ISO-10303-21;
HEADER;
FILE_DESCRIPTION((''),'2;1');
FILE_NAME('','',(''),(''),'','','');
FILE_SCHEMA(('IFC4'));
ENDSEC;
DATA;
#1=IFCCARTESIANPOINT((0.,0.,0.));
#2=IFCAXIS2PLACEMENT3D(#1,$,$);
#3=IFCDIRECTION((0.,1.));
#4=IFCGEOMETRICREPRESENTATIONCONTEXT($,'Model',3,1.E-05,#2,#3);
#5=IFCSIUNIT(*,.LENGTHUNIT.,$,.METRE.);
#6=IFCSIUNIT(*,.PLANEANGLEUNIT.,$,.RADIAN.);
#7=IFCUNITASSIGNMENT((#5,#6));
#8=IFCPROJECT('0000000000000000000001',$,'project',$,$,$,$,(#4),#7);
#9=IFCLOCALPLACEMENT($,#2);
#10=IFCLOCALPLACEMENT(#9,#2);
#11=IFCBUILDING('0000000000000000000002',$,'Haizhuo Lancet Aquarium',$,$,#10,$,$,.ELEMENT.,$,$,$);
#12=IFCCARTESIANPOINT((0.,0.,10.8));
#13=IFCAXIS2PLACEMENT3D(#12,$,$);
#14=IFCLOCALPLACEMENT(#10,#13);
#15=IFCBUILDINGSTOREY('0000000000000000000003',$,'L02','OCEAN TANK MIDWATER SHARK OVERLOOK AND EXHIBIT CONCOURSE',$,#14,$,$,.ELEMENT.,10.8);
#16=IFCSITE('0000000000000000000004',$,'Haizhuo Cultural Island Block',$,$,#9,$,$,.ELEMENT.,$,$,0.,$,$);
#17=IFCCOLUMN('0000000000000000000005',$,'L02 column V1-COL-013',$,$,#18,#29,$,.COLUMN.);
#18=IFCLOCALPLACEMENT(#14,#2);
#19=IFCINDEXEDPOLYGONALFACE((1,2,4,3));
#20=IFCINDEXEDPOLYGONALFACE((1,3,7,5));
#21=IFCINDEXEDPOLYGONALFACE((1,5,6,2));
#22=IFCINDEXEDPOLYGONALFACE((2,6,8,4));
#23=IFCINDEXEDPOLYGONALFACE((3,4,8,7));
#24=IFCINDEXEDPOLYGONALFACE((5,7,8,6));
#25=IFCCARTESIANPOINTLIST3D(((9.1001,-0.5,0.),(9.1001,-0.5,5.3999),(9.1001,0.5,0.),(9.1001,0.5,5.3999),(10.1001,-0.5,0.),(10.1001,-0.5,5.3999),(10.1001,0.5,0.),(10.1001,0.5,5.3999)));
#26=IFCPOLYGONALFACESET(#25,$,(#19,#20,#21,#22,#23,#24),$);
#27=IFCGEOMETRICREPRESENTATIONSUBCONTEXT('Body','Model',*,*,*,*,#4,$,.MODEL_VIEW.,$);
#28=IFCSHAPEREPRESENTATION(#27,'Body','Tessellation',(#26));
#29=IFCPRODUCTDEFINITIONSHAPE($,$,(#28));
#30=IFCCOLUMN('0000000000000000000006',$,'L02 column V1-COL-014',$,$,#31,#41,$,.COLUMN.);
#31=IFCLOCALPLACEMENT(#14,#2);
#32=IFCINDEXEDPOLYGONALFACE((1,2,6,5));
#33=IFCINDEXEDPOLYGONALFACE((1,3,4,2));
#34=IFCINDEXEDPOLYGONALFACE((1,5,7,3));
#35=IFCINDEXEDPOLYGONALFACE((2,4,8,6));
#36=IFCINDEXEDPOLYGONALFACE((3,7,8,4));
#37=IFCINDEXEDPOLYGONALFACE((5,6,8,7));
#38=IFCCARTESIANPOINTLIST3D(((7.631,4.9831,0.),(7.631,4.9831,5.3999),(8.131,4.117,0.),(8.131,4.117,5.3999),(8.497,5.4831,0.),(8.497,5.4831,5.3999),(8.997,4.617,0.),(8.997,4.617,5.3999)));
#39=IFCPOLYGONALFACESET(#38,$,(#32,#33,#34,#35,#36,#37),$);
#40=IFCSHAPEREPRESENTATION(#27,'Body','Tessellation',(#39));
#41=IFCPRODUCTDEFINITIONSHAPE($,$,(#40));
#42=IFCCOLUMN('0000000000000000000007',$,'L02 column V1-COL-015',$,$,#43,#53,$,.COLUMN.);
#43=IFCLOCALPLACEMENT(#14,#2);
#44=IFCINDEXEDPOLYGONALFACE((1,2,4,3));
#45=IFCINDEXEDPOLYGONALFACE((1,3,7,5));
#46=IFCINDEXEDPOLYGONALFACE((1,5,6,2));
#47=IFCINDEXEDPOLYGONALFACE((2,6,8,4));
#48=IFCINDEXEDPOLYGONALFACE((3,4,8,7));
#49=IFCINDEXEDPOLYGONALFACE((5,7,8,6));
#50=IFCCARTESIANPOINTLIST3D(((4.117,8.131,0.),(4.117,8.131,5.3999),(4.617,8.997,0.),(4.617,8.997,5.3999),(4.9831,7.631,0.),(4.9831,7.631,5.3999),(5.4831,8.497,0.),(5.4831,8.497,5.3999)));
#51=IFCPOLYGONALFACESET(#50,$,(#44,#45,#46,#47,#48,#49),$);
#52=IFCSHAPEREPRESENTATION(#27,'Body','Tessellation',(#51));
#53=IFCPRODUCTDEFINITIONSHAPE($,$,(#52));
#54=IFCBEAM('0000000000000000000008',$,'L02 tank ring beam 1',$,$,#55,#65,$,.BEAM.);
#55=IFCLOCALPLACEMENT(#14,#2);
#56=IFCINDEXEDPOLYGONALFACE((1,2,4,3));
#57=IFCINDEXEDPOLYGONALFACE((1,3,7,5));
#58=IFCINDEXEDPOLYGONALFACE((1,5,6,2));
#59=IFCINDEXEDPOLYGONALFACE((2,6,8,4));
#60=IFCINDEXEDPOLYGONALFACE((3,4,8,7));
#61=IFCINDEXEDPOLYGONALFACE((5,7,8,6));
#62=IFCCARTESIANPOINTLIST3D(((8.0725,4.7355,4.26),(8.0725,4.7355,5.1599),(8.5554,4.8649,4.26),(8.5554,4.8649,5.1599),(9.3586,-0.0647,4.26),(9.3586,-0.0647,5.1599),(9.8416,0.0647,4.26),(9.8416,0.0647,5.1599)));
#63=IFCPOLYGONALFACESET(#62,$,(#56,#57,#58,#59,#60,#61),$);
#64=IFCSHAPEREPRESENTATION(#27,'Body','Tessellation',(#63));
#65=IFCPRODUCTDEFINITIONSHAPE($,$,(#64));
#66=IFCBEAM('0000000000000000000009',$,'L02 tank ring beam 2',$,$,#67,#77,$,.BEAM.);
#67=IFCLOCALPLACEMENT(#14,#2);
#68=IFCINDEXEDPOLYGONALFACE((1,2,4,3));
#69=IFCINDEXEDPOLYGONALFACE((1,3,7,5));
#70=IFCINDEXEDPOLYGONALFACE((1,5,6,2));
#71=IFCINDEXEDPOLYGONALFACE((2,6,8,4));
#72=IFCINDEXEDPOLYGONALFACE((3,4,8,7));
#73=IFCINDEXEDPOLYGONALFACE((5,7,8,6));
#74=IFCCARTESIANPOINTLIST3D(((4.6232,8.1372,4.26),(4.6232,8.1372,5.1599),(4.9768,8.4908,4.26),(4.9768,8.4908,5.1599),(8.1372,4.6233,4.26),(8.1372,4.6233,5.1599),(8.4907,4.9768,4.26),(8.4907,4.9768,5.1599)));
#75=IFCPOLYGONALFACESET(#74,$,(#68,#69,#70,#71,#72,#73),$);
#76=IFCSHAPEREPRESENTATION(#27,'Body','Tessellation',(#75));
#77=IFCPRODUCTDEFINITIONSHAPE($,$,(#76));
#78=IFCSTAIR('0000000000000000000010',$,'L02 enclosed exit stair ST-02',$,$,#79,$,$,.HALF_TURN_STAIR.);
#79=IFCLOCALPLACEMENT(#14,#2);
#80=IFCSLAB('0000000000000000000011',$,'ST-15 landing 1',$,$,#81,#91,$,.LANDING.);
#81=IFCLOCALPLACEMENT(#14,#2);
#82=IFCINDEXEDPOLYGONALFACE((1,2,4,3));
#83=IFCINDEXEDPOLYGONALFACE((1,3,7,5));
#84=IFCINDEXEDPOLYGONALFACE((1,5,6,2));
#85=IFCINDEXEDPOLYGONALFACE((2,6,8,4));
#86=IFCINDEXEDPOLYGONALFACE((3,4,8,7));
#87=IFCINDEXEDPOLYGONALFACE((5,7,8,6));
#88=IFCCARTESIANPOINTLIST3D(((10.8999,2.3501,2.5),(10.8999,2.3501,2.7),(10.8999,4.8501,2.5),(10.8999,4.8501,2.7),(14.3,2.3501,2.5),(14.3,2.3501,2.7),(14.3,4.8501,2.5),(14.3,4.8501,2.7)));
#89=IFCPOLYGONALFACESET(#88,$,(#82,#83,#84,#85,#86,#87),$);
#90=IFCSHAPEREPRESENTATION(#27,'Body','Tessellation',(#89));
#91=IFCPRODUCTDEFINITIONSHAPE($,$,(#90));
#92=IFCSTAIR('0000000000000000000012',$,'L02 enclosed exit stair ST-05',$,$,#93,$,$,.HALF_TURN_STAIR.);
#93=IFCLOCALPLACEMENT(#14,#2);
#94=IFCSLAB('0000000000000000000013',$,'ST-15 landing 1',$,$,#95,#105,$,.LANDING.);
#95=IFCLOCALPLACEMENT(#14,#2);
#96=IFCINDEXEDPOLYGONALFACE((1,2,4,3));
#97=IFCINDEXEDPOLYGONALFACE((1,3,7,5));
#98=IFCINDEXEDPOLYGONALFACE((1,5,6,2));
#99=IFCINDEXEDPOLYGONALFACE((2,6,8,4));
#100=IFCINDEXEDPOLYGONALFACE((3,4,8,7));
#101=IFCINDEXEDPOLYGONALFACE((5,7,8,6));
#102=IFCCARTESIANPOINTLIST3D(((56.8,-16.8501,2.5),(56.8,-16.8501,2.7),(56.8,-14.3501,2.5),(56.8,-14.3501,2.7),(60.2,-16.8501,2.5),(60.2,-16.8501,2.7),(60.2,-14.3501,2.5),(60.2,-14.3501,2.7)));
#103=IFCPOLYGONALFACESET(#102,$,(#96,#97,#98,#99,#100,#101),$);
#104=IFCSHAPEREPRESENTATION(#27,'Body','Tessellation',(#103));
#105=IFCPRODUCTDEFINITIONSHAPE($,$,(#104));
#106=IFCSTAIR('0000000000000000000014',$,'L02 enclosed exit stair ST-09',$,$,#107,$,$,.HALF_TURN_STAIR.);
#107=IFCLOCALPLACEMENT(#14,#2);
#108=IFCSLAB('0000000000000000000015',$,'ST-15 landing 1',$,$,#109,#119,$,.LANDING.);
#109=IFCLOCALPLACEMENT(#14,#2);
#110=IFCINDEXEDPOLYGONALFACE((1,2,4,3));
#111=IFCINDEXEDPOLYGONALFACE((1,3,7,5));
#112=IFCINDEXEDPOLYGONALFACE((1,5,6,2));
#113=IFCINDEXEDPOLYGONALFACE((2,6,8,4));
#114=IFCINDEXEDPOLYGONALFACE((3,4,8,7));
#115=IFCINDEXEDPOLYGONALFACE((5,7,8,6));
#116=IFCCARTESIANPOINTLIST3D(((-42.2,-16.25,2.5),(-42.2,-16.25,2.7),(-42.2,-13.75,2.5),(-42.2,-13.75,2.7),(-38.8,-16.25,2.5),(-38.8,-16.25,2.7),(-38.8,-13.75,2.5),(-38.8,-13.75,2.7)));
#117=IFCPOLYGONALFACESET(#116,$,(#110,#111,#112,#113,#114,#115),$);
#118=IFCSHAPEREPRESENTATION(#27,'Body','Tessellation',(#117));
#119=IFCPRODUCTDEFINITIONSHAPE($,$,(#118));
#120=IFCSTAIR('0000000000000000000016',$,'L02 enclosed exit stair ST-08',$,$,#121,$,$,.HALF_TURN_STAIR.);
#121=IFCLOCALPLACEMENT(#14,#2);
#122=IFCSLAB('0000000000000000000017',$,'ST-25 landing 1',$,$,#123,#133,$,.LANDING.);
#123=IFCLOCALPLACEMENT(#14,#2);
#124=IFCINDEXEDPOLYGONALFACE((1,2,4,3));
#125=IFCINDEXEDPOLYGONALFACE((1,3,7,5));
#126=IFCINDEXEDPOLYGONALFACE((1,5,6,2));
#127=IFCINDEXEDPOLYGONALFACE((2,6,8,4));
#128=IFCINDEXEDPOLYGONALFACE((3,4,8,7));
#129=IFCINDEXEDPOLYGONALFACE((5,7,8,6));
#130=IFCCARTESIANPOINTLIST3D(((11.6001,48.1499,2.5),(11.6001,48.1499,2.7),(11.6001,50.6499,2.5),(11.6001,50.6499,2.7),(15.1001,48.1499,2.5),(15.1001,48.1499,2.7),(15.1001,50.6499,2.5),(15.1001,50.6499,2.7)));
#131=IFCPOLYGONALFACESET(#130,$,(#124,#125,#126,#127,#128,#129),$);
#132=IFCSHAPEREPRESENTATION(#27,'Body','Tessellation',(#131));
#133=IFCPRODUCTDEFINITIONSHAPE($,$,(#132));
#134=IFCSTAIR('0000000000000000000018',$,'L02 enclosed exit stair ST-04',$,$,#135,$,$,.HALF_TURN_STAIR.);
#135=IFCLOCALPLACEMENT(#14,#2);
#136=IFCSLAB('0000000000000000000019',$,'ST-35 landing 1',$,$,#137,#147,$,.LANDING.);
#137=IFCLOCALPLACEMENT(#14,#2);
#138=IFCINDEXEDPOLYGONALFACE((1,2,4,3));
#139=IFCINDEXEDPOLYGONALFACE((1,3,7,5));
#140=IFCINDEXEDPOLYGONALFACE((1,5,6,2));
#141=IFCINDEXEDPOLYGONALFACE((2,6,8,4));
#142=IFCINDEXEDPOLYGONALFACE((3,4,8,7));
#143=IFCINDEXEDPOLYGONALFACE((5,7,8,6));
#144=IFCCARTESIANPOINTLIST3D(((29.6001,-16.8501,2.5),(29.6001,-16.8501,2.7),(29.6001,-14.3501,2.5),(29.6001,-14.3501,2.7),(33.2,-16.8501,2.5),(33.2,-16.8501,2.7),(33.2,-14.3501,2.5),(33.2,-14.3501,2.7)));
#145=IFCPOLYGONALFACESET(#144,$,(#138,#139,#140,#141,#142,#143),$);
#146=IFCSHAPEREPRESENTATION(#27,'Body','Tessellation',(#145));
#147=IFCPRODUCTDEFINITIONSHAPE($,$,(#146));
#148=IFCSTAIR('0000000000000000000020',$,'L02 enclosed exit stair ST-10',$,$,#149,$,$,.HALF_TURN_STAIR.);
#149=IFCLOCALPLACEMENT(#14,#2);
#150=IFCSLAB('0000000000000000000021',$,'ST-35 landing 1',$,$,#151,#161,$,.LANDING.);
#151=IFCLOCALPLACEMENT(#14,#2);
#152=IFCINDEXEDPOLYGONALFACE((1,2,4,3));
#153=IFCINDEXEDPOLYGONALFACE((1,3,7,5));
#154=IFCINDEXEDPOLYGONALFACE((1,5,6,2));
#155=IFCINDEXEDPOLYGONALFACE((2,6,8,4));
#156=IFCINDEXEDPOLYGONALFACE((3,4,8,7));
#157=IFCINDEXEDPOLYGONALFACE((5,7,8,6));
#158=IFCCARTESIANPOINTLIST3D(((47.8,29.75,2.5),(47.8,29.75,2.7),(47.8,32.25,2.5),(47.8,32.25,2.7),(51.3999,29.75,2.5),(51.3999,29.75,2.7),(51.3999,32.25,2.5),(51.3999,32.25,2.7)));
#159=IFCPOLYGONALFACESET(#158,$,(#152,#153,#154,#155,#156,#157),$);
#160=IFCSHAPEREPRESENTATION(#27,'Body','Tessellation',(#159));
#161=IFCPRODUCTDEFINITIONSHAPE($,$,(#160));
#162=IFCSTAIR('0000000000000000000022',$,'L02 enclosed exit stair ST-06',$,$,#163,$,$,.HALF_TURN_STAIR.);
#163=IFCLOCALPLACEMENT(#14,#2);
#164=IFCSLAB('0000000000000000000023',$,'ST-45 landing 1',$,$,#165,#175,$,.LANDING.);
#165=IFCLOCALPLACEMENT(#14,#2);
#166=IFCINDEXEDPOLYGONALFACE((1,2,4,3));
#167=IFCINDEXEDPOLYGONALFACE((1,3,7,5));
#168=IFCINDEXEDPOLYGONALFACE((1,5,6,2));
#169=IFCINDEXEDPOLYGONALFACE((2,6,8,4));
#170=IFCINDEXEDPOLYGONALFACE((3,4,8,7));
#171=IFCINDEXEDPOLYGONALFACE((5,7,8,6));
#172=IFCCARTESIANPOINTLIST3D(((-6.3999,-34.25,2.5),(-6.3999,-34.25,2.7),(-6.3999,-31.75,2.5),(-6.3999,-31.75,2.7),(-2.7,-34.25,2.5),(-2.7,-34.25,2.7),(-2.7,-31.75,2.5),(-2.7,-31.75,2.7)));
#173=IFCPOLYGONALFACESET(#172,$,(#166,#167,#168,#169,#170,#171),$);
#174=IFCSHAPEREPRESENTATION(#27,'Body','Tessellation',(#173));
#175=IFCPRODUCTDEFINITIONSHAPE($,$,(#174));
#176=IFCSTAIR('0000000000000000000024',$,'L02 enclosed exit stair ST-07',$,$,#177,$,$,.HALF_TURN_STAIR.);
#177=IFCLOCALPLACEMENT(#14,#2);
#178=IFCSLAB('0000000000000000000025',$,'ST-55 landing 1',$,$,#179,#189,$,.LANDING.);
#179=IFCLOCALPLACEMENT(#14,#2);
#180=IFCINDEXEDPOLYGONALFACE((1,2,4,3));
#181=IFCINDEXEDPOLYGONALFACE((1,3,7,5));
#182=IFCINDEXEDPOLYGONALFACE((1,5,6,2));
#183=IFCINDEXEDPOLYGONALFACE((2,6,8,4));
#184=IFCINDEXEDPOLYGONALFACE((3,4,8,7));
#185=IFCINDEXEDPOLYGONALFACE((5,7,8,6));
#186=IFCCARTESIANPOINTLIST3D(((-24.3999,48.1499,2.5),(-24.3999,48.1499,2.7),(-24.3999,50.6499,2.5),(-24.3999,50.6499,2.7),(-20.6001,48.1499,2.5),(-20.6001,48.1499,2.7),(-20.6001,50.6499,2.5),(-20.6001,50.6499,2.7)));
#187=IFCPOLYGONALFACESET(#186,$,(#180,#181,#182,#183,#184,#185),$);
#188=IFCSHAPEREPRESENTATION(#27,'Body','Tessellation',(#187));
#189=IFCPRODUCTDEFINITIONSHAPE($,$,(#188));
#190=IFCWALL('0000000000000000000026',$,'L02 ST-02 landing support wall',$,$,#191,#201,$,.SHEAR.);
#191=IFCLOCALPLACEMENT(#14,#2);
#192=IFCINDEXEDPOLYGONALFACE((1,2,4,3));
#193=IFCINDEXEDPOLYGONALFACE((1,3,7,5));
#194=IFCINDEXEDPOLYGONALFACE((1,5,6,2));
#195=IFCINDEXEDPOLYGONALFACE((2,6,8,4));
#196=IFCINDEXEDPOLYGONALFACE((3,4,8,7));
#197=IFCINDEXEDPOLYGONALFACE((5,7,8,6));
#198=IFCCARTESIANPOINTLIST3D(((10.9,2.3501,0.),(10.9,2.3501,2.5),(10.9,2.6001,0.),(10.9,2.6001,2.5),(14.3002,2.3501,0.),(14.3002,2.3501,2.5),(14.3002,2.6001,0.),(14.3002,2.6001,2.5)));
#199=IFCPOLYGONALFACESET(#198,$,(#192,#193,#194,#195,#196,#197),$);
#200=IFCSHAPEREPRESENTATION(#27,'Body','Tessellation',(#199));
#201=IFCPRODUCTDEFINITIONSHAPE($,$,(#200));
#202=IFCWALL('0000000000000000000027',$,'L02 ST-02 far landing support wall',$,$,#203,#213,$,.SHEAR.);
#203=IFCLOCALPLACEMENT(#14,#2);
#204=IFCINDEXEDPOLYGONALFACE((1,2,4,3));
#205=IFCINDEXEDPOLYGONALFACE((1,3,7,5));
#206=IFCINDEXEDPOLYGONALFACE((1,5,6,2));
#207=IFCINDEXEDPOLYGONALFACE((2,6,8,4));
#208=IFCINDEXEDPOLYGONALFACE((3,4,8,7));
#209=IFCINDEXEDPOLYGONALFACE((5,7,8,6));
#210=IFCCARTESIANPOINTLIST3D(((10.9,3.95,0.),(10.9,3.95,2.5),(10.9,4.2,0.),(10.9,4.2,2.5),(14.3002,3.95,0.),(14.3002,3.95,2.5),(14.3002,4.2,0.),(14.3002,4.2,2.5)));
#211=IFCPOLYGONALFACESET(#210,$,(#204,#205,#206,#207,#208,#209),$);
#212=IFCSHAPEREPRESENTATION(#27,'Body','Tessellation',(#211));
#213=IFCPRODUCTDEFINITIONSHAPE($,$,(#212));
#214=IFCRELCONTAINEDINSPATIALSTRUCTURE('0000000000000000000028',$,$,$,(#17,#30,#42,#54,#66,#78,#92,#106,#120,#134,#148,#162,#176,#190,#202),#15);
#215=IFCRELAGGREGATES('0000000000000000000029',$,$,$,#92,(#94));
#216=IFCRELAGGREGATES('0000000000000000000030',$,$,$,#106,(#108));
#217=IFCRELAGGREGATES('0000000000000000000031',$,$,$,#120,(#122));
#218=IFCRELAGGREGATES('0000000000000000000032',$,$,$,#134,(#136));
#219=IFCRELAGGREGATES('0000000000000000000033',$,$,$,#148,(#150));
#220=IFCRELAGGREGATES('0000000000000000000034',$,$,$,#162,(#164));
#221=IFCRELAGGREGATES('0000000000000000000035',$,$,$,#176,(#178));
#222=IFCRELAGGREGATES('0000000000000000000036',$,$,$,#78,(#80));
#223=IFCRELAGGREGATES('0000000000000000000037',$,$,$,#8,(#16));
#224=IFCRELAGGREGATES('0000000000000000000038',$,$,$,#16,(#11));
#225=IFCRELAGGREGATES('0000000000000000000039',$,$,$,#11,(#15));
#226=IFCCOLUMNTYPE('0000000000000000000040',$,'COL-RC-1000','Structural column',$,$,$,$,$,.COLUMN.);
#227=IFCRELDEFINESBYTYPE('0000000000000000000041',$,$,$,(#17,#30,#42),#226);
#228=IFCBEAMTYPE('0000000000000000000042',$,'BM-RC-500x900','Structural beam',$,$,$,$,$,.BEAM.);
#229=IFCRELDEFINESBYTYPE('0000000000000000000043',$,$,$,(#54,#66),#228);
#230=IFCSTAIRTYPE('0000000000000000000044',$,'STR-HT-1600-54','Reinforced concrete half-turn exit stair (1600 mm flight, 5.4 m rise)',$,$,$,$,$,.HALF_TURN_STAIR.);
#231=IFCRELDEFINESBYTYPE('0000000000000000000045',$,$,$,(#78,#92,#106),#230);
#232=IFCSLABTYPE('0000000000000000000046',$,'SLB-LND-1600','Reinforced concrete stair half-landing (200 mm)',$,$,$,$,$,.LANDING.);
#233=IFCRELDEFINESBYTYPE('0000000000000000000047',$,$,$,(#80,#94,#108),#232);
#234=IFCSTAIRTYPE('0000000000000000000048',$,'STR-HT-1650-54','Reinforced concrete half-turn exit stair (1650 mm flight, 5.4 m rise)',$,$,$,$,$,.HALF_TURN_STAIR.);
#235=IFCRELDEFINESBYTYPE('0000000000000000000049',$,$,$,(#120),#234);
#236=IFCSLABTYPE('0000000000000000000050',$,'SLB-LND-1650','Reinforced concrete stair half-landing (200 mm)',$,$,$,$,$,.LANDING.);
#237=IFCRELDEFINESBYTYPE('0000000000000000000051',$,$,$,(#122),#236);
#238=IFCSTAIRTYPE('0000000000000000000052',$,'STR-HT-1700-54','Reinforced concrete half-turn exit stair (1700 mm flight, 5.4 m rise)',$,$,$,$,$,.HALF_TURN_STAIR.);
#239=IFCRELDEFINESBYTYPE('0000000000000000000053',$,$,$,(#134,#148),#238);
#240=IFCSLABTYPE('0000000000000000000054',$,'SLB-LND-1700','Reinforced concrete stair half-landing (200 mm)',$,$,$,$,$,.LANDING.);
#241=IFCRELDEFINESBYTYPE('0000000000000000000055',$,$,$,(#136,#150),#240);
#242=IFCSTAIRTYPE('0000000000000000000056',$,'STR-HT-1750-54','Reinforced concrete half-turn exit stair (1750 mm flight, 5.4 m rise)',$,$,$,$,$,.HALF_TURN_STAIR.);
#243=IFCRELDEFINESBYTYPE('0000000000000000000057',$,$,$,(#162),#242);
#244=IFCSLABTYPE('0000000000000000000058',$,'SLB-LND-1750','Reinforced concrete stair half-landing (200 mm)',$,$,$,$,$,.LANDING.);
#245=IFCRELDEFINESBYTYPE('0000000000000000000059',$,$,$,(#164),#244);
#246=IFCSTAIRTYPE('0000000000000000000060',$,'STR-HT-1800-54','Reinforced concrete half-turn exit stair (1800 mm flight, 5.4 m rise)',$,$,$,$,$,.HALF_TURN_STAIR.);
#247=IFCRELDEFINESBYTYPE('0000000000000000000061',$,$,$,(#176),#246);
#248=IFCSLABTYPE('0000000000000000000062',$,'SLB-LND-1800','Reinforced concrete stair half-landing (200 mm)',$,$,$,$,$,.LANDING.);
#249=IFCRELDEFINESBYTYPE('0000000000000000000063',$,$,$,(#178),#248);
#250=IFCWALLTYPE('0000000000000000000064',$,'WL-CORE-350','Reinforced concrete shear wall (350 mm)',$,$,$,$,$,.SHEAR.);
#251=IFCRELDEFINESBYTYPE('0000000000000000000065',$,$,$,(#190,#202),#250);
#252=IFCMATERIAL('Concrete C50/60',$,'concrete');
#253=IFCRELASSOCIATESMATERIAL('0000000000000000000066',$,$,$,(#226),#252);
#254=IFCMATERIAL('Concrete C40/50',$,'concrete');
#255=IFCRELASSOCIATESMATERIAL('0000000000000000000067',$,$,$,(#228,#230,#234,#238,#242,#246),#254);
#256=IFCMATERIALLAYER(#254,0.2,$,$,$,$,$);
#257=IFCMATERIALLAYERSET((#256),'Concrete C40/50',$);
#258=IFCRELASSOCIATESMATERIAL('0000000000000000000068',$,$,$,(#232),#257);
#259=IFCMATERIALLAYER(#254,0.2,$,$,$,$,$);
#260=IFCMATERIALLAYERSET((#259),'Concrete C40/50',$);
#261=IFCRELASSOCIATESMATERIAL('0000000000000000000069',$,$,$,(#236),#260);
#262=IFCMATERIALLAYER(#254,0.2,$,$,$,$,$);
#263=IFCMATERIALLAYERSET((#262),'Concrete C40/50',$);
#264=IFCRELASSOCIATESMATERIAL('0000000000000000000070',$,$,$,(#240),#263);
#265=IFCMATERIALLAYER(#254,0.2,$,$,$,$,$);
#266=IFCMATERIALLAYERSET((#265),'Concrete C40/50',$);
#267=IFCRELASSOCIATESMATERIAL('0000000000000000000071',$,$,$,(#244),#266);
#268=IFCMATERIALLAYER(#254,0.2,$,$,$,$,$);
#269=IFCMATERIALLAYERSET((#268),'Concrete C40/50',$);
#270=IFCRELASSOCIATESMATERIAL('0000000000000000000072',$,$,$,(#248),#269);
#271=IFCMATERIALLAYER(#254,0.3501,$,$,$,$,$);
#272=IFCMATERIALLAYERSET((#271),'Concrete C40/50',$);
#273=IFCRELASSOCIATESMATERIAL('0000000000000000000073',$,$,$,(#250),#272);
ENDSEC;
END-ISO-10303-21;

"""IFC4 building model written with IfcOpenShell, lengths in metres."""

from ifc_helpers import new_model, si_unit, direction, frame, frame_2d, origin, origin_2d, place, context, subcontext, project, spatial, polyline, rectangle, outline, extrude, material, layer, layer_set, material_profile, profile_set, type_object, element, aggregate, save


model = new_model("IFC4")

# Units and contexts
model_context = context("Model", 3, precision=1e-05, world=origin(), true_north=direction((0.0, 1.0)))
body_context = subcontext(model_context, "Body", "Model", "MODEL_VIEW")
ifc_project = project(units=[si_unit("LENGTHUNIT", "METRE"), si_unit("PLANEANGLEUNIT", "RADIAN")], contexts=[model_context])

# Site, building, storey
site_placement = place(None, origin())
site = spatial("IfcSite", under=ifc_project, at=site_placement, Name="Haizhuo Cultural Island Block", CompositionType="ELEMENT", RefElevation=0.0)
building_placement = place(site_placement, origin())
building = spatial("IfcBuilding", under=site, at=building_placement, Name="Haizhuo Lancet Aquarium", CompositionType="ELEMENT")
storey_placement = place(building_placement, frame((0.0, 0.0, 10.8)))
storey = spatial("IfcBuildingStorey", under=building, at=storey_placement, Name="L02", Description="OCEAN TANK MIDWATER SHARK OVERLOOK AND EXHIBIT CONCOURSE", CompositionType="ELEMENT", Elevation=10.8)

# Columns
ifc_material_1 = material(Name="Concrete C50/60", Category="concrete")
ifc_material_profile_1 = material_profile(ifc_material_1, rectangle(XDim=1.0, YDim=1.0, at=origin_2d()), Name="RC-COL 1000x1000")
ifc_profile_set_1 = profile_set([ifc_material_profile_1], Name="Concrete C50/60")
column_type = type_object("IfcColumnType", Name="COL-RC-1000", Description="Structural column", PredefinedType="COLUMN", material=ifc_profile_set_1)
for number, where, z_axis, x_axis, name in (
    (1, (9.6001, 0.0, 0.0), (0.0, 0.0, 1.0), (1.0, 0.0, 0.0), "L02 column V1-COL-013"),
    (2, (8.314, 4.8, 0.0), (0.0, 0.0, 1.0), (0.866025, 0.5, 0.0), "L02 column V1-COL-014"),
    (3, (4.8, 8.314, 0.0), (0.0, 0.0, 1.0), (0.5, 0.866025, 0.0), "L02 column V1-COL-015"),
):
    element("IfcColumn", number, at=place(storey_placement, frame(where, z_axis=z_axis, x_axis=x_axis)), inside=storey, type_object=column_type, Name=name, PredefinedType="COLUMN", context=body_context, shape_type="SweptSolid", body=[
        extrude(rectangle(XDim=1.0, YDim=1.0, at=origin_2d()), origin(), (0.0, 0.0, 1.0), 5.3999),
    ])

# Beams
ifc_material_2 = material(Name="Concrete C40/50", Category="concrete")
ifc_material_profile_2 = material_profile(ifc_material_2, rectangle(XDim=0.5, YDim=0.8999, at=origin_2d()), Name="RC-BM 500x900")
ifc_profile_set_2 = profile_set([ifc_material_profile_2], Name="Concrete C40/50")
beam_type = type_object("IfcBeamType", Name="BM-RC-500x900", Description="Structural beam", PredefinedType="BEAM", material=ifc_profile_set_2)
for number, where, z_axis, x_axis, name in (
    (4, (9.6001, 0.0, 4.71), (-0.258812, 0.965928, 0.0), (-0.965928, -0.258812, 0.0), "L02 tank ring beam 1"),
    (5, (8.314, 4.8, 4.71), (-0.707107, 0.707107, 0.0), (-0.707107, -0.707107, 0.0), "L02 tank ring beam 2"),
):
    element("IfcBeam", number, at=place(storey_placement, frame(where, z_axis=z_axis, x_axis=x_axis)), inside=storey, type_object=beam_type, Name=name, PredefinedType="BEAM", context=body_context, shape_type="SweptSolid", body=[
        extrude(rectangle(XDim=0.5, YDim=0.8999, at=origin_2d()), origin(), (0.0, 0.0, 1.0), 4.9695),
    ])

# Stairs, slabs
stair_type_1 = type_object("IfcStairType", Name="STR-HT-1600-54", Description="Reinforced concrete half-turn exit stair (1600 mm flight, 5.4 m rise)", PredefinedType="HALF_TURN_STAIR", material=ifc_material_2)
stair_1_placement = place(storey_placement, origin())
stair_1 = element("IfcStair", 6, at=stair_1_placement, inside=storey, type_object=stair_type_1, Name="L02 enclosed exit stair ST-02", PredefinedType="HALF_TURN_STAIR")
ifc_layer_1 = layer(ifc_material_2, 0.2)
ifc_layer_set_1 = layer_set([ifc_layer_1], Name="Concrete C40/50")
slab_type_1 = type_object("IfcSlabType", Name="SLB-LND-1600", Description="Reinforced concrete stair half-landing (200 mm)", PredefinedType="LANDING", material=ifc_layer_set_1)
slab_1_placement = place(storey_placement, frame((0.0, 0.0, 2.5)))
slab_1 = element("IfcSlab", 7, at=slab_1_placement, type_object=slab_type_1, Name="ST-15 landing 1", PredefinedType="LANDING", context=body_context, shape_type="SweptSolid", body=[
    extrude(outline(polyline([(14.3, 2.3501), (14.3, 4.8501), (10.8999, 4.8501), (10.8999, 2.3501), (14.3, 2.3501)])), origin(), (0.0, 0.0, 1.0), 0.2),
])
stair_2_placement = place(storey_placement, origin())
stair_2 = element("IfcStair", 8, at=stair_2_placement, inside=storey, type_object=stair_type_1, Name="L02 enclosed exit stair ST-05", PredefinedType="HALF_TURN_STAIR")
slab_2_placement = place(storey_placement, frame((0.0, 0.0, 2.5)))
slab_2 = element("IfcSlab", 9, at=slab_2_placement, type_object=slab_type_1, Name="ST-15 landing 1", PredefinedType="LANDING", context=body_context, shape_type="SweptSolid", body=[
    extrude(outline(polyline([(60.2, -16.8501), (60.2, -14.3501), (56.8, -14.3501), (56.8, -16.8501), (60.2, -16.8501)])), origin(), (0.0, 0.0, 1.0), 0.2),
])
aggregate(stair_2, [slab_2])
stair_3_placement = place(storey_placement, origin())
stair_3 = element("IfcStair", 10, at=stair_3_placement, inside=storey, type_object=stair_type_1, Name="L02 enclosed exit stair ST-09", PredefinedType="HALF_TURN_STAIR")
slab_3_placement = place(storey_placement, frame((0.0, 0.0, 2.5)))
slab_3 = element("IfcSlab", 11, at=slab_3_placement, type_object=slab_type_1, Name="ST-15 landing 1", PredefinedType="LANDING", context=body_context, shape_type="SweptSolid", body=[
    extrude(outline(polyline([(-38.8, -16.25), (-38.8, -13.75), (-42.2, -13.75), (-42.2, -16.25), (-38.8, -16.25)])), origin(), (0.0, 0.0, 1.0), 0.2),
])
aggregate(stair_3, [slab_3])
stair_type_2 = type_object("IfcStairType", Name="STR-HT-1650-54", Description="Reinforced concrete half-turn exit stair (1650 mm flight, 5.4 m rise)", PredefinedType="HALF_TURN_STAIR", material=ifc_material_2)
stair_4_placement = place(storey_placement, origin())
stair_4 = element("IfcStair", 12, at=stair_4_placement, inside=storey, type_object=stair_type_2, Name="L02 enclosed exit stair ST-08", PredefinedType="HALF_TURN_STAIR")
ifc_layer_2 = layer(ifc_material_2, 0.2)
ifc_layer_set_2 = layer_set([ifc_layer_2], Name="Concrete C40/50")
slab_type_2 = type_object("IfcSlabType", Name="SLB-LND-1650", Description="Reinforced concrete stair half-landing (200 mm)", PredefinedType="LANDING", material=ifc_layer_set_2)
slab_4_placement = place(storey_placement, frame((0.0, 0.0, 2.5)))
slab_4 = element("IfcSlab", 13, at=slab_4_placement, type_object=slab_type_2, Name="ST-25 landing 1", PredefinedType="LANDING", context=body_context, shape_type="SweptSolid", body=[
    extrude(outline(polyline([(15.1001, 48.1499), (15.1001, 50.6499), (11.6001, 50.6499), (11.6001, 48.1499), (15.1001, 48.1499)])), origin(), (0.0, 0.0, 1.0), 0.2),
])
aggregate(stair_4, [slab_4])
stair_type_3 = type_object("IfcStairType", Name="STR-HT-1700-54", Description="Reinforced concrete half-turn exit stair (1700 mm flight, 5.4 m rise)", PredefinedType="HALF_TURN_STAIR", material=ifc_material_2)
stair_5_placement = place(storey_placement, origin())
stair_5 = element("IfcStair", 14, at=stair_5_placement, inside=storey, type_object=stair_type_3, Name="L02 enclosed exit stair ST-04", PredefinedType="HALF_TURN_STAIR")
ifc_layer_3 = layer(ifc_material_2, 0.2)
ifc_layer_set_3 = layer_set([ifc_layer_3], Name="Concrete C40/50")
slab_type_3 = type_object("IfcSlabType", Name="SLB-LND-1700", Description="Reinforced concrete stair half-landing (200 mm)", PredefinedType="LANDING", material=ifc_layer_set_3)
slab_5_placement = place(storey_placement, frame((0.0, 0.0, 2.5)))
slab_5 = element("IfcSlab", 15, at=slab_5_placement, type_object=slab_type_3, Name="ST-35 landing 1", PredefinedType="LANDING", context=body_context, shape_type="SweptSolid", body=[
    extrude(outline(polyline([(33.2, -16.8501), (33.2, -14.3501), (29.6001, -14.3501), (29.6001, -16.8501), (33.2, -16.8501)])), origin(), (0.0, 0.0, 1.0), 0.2),
])
aggregate(stair_5, [slab_5])
stair_6_placement = place(storey_placement, origin())
stair_6 = element("IfcStair", 16, at=stair_6_placement, inside=storey, type_object=stair_type_3, Name="L02 enclosed exit stair ST-10", PredefinedType="HALF_TURN_STAIR")
slab_6_placement = place(storey_placement, frame((0.0, 0.0, 2.5)))
slab_6 = element("IfcSlab", 17, at=slab_6_placement, type_object=slab_type_3, Name="ST-35 landing 1", PredefinedType="LANDING", context=body_context, shape_type="SweptSolid", body=[
    extrude(outline(polyline([(51.3999, 29.75), (51.3999, 32.25), (47.8, 32.25), (47.8, 29.75), (51.3999, 29.75)])), origin(), (0.0, 0.0, 1.0), 0.2),
])
aggregate(stair_6, [slab_6])
stair_type_4 = type_object("IfcStairType", Name="STR-HT-1750-54", Description="Reinforced concrete half-turn exit stair (1750 mm flight, 5.4 m rise)", PredefinedType="HALF_TURN_STAIR", material=ifc_material_2)
stair_7_placement = place(storey_placement, origin())
stair_7 = element("IfcStair", 18, at=stair_7_placement, inside=storey, type_object=stair_type_4, Name="L02 enclosed exit stair ST-06", PredefinedType="HALF_TURN_STAIR")
ifc_layer_4 = layer(ifc_material_2, 0.2)
ifc_layer_set_4 = layer_set([ifc_layer_4], Name="Concrete C40/50")
slab_type_4 = type_object("IfcSlabType", Name="SLB-LND-1750", Description="Reinforced concrete stair half-landing (200 mm)", PredefinedType="LANDING", material=ifc_layer_set_4)
slab_7_placement = place(storey_placement, frame((0.0, 0.0, 2.5)))
slab_7 = element("IfcSlab", 19, at=slab_7_placement, type_object=slab_type_4, Name="ST-45 landing 1", PredefinedType="LANDING", context=body_context, shape_type="SweptSolid", body=[
    extrude(outline(polyline([(-2.7, -34.25), (-2.7, -31.75), (-6.3999, -31.75), (-6.3999, -34.25), (-2.7, -34.25)])), origin(), (0.0, 0.0, 1.0), 0.2),
])
aggregate(stair_7, [slab_7])
stair_type_5 = type_object("IfcStairType", Name="STR-HT-1800-54", Description="Reinforced concrete half-turn exit stair (1800 mm flight, 5.4 m rise)", PredefinedType="HALF_TURN_STAIR", material=ifc_material_2)
stair_8_placement = place(storey_placement, origin())
stair_8 = element("IfcStair", 20, at=stair_8_placement, inside=storey, type_object=stair_type_5, Name="L02 enclosed exit stair ST-07", PredefinedType="HALF_TURN_STAIR")
ifc_layer_5 = layer(ifc_material_2, 0.2)
ifc_layer_set_5 = layer_set([ifc_layer_5], Name="Concrete C40/50")
slab_type_5 = type_object("IfcSlabType", Name="SLB-LND-1800", Description="Reinforced concrete stair half-landing (200 mm)", PredefinedType="LANDING", material=ifc_layer_set_5)
slab_8_placement = place(storey_placement, frame((0.0, 0.0, 2.5)))
slab_8 = element("IfcSlab", 21, at=slab_8_placement, type_object=slab_type_5, Name="ST-55 landing 1", PredefinedType="LANDING", context=body_context, shape_type="SweptSolid", body=[
    extrude(outline(polyline([(-20.6001, 48.1499), (-20.6001, 50.6499), (-24.3999, 50.6499), (-24.3999, 48.1499), (-20.6001, 48.1499)])), origin(), (0.0, 0.0, 1.0), 0.2),
])
aggregate(stair_8, [slab_8])

# Walls
ifc_layer_6 = layer(ifc_material_2, 0.3501)
ifc_layer_set_6 = layer_set([ifc_layer_6], Name="Concrete C40/50")
wall_type_1 = type_object("IfcWallType", Name="WL-CORE-350", Description="Reinforced concrete shear wall (350 mm)", PredefinedType="SHEAR", material=ifc_layer_set_6)
for number, where, z_axis, x_axis, name in (
    (22, (10.8999, 2.4751, 0.0), (0.0, 0.0, 1.0), (1.0, 0.0, 0.0), "L02 ST-02 landing support wall"),
    (23, (10.8999, 4.075, 0.0), (0.0, 0.0, 1.0), (1.0, 0.0, 0.0), "L02 ST-02 far landing support wall"),
):
    element("IfcWall", number, at=place(storey_placement, frame(where, z_axis=z_axis, x_axis=x_axis)), inside=storey, type_object=wall_type_1, Name=name, PredefinedType="SHEAR", context=body_context, shape_type="SweptSolid", body=[
        extrude(rectangle(XDim=3.4001, YDim=0.25, at=frame_2d((1.7002, 0.0))), origin(), (0.0, 0.0, 1.0), 2.5),
    ])

aggregate(stair_1, [slab_1])

save(model, "model.ifc")
